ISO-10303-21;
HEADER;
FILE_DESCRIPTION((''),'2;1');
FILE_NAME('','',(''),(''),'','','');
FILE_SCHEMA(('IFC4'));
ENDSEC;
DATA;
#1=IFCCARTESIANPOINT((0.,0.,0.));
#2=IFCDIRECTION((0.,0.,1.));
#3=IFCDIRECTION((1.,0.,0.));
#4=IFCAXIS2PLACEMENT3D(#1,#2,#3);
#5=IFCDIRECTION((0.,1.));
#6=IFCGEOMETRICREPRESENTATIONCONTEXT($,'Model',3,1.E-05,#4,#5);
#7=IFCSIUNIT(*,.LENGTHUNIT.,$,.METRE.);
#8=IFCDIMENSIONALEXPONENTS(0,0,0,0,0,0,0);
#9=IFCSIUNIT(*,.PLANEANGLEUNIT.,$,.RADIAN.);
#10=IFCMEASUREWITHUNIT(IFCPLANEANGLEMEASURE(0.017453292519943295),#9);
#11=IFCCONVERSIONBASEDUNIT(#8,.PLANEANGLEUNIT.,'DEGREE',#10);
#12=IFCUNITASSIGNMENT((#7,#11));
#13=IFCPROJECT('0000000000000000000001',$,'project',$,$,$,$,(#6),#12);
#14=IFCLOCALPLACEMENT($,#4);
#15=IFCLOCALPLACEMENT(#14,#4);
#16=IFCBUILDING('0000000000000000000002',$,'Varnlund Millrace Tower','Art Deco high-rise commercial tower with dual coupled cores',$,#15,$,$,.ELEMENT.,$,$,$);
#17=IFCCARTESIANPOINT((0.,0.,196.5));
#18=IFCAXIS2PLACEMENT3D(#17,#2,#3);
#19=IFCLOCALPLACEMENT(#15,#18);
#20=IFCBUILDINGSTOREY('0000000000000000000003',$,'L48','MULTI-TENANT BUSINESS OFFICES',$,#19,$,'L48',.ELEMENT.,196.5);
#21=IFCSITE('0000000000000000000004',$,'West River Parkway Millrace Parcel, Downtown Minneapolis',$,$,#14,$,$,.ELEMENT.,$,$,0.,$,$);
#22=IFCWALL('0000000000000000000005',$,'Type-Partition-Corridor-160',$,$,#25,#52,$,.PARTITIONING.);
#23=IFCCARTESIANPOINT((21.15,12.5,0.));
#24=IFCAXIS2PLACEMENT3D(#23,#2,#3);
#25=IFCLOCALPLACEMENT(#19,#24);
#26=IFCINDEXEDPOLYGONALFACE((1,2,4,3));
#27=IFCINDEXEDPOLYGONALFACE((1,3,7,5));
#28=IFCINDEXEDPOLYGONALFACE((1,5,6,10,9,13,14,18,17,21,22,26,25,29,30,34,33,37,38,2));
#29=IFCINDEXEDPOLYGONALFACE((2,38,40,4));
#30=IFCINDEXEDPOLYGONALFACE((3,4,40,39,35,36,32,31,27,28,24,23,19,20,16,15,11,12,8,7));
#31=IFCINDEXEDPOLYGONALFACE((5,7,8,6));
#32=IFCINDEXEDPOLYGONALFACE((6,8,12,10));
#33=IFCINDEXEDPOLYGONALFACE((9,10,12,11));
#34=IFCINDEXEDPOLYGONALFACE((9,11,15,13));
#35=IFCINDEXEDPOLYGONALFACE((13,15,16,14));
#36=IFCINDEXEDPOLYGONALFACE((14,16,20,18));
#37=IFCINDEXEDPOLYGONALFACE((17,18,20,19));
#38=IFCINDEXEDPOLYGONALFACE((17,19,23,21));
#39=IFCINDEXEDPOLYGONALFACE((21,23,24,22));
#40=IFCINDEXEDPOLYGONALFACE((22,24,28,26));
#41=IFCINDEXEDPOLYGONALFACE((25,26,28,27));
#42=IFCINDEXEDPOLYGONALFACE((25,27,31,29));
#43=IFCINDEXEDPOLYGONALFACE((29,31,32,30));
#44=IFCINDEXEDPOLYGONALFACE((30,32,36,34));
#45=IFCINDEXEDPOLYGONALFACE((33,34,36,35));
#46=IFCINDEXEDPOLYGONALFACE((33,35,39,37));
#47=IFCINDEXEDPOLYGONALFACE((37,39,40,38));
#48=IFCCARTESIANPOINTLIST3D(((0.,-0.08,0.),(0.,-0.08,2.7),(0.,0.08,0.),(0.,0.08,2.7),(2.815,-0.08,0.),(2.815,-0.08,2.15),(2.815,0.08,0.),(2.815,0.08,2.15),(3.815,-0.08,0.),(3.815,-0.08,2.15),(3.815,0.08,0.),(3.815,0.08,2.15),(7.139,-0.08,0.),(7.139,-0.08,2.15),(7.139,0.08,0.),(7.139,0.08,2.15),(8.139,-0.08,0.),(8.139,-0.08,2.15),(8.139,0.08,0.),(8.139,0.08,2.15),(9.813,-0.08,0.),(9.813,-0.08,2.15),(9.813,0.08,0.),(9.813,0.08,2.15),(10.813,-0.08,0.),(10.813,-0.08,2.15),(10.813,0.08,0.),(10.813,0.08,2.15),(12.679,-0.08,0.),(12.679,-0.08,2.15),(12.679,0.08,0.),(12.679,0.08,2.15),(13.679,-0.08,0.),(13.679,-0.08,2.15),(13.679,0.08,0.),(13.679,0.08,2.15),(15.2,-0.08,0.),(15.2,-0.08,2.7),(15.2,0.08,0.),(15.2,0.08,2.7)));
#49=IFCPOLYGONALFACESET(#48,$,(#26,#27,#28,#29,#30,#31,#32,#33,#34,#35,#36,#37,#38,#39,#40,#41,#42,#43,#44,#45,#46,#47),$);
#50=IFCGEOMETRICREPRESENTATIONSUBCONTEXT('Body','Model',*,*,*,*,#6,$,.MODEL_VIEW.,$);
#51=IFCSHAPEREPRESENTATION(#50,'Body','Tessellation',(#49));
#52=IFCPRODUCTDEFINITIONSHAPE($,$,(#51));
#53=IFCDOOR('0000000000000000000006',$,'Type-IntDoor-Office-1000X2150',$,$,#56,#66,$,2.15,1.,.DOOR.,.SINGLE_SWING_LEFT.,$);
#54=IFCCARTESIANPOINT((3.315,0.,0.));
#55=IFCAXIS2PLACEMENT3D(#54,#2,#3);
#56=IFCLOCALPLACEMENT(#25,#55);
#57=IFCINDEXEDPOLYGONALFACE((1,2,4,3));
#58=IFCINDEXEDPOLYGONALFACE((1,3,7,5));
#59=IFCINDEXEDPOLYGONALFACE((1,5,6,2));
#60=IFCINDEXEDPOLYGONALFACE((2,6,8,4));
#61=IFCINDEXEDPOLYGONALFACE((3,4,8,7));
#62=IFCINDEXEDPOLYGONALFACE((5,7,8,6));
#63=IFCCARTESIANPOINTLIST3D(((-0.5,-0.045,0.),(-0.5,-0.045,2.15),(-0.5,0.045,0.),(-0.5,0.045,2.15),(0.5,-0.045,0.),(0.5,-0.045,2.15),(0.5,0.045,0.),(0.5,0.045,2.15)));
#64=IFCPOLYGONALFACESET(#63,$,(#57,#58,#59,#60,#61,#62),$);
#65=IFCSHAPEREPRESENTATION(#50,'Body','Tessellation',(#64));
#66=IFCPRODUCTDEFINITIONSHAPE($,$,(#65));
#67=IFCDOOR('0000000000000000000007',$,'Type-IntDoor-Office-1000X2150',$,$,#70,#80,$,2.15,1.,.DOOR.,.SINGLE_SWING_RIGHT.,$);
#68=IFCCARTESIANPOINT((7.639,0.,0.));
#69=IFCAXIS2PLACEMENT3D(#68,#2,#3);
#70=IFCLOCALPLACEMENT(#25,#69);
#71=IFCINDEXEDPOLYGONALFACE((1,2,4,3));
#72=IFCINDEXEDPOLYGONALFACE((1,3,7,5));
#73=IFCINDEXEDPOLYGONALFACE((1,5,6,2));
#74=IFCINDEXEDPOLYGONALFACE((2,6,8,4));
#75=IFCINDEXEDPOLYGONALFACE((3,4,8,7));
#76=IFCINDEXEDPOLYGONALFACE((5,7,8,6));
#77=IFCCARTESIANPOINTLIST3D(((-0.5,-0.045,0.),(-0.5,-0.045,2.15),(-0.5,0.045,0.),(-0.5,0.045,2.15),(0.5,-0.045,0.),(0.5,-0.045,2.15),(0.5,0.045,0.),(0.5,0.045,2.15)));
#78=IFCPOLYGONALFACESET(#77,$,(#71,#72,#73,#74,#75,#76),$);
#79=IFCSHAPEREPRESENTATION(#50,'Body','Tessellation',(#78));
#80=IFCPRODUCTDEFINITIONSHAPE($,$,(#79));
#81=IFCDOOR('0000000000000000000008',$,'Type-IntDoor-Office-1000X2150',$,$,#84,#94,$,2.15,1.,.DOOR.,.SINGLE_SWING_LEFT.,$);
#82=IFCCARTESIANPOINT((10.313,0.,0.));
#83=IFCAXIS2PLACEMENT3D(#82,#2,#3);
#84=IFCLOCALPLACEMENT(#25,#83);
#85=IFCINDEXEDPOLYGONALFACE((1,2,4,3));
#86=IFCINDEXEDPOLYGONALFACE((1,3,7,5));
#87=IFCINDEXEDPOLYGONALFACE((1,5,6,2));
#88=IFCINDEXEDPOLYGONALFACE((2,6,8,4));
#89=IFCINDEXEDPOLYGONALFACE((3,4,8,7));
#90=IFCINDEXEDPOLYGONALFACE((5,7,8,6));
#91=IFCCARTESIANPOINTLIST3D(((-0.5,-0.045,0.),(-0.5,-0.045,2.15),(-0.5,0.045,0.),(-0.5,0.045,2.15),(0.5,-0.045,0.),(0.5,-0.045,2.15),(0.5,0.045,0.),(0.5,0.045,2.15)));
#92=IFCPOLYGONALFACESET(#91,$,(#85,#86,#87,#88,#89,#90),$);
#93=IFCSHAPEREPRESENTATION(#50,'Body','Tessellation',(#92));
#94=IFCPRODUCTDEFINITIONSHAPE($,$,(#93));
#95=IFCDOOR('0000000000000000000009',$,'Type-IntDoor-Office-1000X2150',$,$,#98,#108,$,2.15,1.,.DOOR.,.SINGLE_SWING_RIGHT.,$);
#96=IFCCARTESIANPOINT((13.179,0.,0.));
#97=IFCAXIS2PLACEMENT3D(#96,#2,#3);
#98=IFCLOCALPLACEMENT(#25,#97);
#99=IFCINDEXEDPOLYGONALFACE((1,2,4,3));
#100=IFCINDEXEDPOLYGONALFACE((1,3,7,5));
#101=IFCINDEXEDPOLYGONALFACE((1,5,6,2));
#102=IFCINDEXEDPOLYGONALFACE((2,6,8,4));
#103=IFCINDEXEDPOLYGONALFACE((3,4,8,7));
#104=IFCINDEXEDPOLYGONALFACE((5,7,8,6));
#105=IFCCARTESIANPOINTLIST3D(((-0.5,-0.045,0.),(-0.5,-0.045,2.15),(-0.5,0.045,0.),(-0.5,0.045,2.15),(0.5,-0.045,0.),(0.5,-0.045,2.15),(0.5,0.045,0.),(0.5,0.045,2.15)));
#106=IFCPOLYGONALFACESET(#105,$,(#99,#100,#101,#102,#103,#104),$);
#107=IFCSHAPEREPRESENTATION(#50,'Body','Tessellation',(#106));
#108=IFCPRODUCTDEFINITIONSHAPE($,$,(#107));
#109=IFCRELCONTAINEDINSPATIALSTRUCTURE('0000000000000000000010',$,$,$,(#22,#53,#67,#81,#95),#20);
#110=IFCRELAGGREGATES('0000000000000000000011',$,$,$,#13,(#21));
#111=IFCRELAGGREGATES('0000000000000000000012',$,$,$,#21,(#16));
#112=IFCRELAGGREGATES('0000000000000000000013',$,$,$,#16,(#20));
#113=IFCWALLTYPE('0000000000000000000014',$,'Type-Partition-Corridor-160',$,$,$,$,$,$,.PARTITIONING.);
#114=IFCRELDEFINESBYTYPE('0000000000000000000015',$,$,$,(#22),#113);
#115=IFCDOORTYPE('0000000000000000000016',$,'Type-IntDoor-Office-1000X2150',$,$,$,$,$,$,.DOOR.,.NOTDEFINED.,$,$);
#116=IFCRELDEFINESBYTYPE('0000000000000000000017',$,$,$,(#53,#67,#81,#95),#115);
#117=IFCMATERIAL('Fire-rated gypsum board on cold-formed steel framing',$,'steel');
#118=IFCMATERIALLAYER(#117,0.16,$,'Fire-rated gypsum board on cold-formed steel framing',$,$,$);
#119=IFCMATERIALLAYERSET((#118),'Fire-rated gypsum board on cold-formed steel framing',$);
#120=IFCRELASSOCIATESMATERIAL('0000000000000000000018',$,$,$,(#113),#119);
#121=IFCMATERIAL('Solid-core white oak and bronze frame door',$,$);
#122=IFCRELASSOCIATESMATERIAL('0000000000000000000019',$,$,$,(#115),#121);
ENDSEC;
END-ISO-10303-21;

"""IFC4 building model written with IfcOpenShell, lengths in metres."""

from ifc_helpers import new_model, entity, si_unit, converted_unit, direction, frame, origin_with_axes, origin_2d_with_axis, place, context, subcontext, project, spatial, polyline, rectangle, outline, extrude, material, layer, layer_set, type_object, element, fill, save


model = new_model("IFC4")

# Units and contexts
model_context = context("Model", 3, precision=1e-05, world=origin_with_axes(), true_north=direction((0.0, 1.0)))
body_context = subcontext(model_context, "Body", "Model", "MODEL_VIEW")
ifc_project = project(units=[si_unit("LENGTHUNIT", "METRE"), converted_unit("PLANEANGLEUNIT", "DEGREE", entity("IfcPlaneAngleMeasure", 0.017453292519943295), si_unit("PLANEANGLEUNIT", "RADIAN"), dimensions=[0, 0, 0, 0, 0, 0, 0])], contexts=[model_context])

# Site, building, storey
site_placement = place(None, origin_with_axes())
site = spatial("IfcSite", under=ifc_project, at=site_placement, Name="West River Parkway Millrace Parcel, Downtown Minneapolis", CompositionType="ELEMENT", RefElevation=0.0)
building_placement = place(site_placement, origin_with_axes())
building = spatial("IfcBuilding", under=site, at=building_placement, Name="Varnlund Millrace Tower", Description="Art Deco high-rise commercial tower with dual coupled cores", CompositionType="ELEMENT")
storey_placement = place(building_placement, frame((0.0, 0.0, 196.5), z_axis=(0.0, 0.0, 1.0), x_axis=(1.0, 0.0, 0.0)))
storey = spatial("IfcBuildingStorey", under=building, at=storey_placement, Name="L48", Description="MULTI-TENANT BUSINESS OFFICES", LongName="L48", CompositionType="ELEMENT", Elevation=196.5)

# Wall, openings, doors
ifc_material_1 = material(Name="Fire-rated gypsum board on cold-formed steel framing", Category="steel")
ifc_layer_1 = layer(ifc_material_1, 0.16, Name="Fire-rated gypsum board on cold-formed steel framing")
ifc_layer_set_1 = layer_set([ifc_layer_1], Name="Fire-rated gypsum board on cold-formed steel framing")
wall_type_1 = type_object("IfcWallType", Name="Type-Partition-Corridor-160", PredefinedType="PARTITIONING", material=ifc_layer_set_1)
ifc_material_2 = material(Name="Solid-core white oak and bronze frame door")
door_type_1 = type_object("IfcDoorType", Name="Type-IntDoor-Office-1000X2150", OperationType="NOTDEFINED", PredefinedType="DOOR", material=ifc_material_2)
wall_1_placement = place(storey_placement, frame((21.15, 12.5, 0.0), z_axis=(0.0, 0.0, 1.0), x_axis=(1.0, 0.0, 0.0)))
wall_1 = element("IfcWall", 1, at=wall_1_placement, inside=storey, type_object=wall_type_1, Name="Type-Partition-Corridor-160", PredefinedType="PARTITIONING", context=body_context, shape_type="SweptSolid", body=[
    extrude(outline(polyline([(0.0, -0.08), (15.2, -0.08), (15.2, 0.08), (0.0, 0.08), (0.0, -0.08)])), origin_with_axes(), (0.0, 0.0, 1.0), 2.7),
])
opening_1_placement = place(wall_1_placement, frame((3.315, 0.0, 0.0), z_axis=(0.0, 0.0, 1.0), x_axis=(1.0, 0.0, 0.0)))
opening_1 = element("IfcOpeningElement", 2, at=opening_1_placement, cuts=wall_1, PredefinedType="OPENING", context=body_context, shape_type="SweptSolid", body=[
    extrude(rectangle(XDim=1.0, YDim=0.18, at=origin_2d_with_axis()), origin_with_axes(), (0.0, 0.0, 1.0), 2.15),
])
opening_2_placement = place(wall_1_placement, frame((7.639, 0.0, 0.0), z_axis=(0.0, 0.0, 1.0), x_axis=(1.0, 0.0, 0.0)))
opening_2 = element("IfcOpeningElement", 3, at=opening_2_placement, cuts=wall_1, PredefinedType="OPENING", context=body_context, shape_type="SweptSolid", body=[
    extrude(rectangle(XDim=1.0, YDim=0.18, at=origin_2d_with_axis()), origin_with_axes(), (0.0, 0.0, 1.0), 2.15),
])
opening_3_placement = place(wall_1_placement, frame((10.313, 0.0, 0.0), z_axis=(0.0, 0.0, 1.0), x_axis=(1.0, 0.0, 0.0)))
opening_3 = element("IfcOpeningElement", 4, at=opening_3_placement, cuts=wall_1, PredefinedType="OPENING", context=body_context, shape_type="SweptSolid", body=[
    extrude(rectangle(XDim=1.0, YDim=0.18, at=origin_2d_with_axis()), origin_with_axes(), (0.0, 0.0, 1.0), 2.15),
])
opening_4_placement = place(wall_1_placement, frame((13.179, 0.0, 0.0), z_axis=(0.0, 0.0, 1.0), x_axis=(1.0, 0.0, 0.0)))
opening_4 = element("IfcOpeningElement", 5, at=opening_4_placement, cuts=wall_1, PredefinedType="OPENING", context=body_context, shape_type="SweptSolid", body=[
    extrude(rectangle(XDim=1.0, YDim=0.18, at=origin_2d_with_axis()), origin_with_axes(), (0.0, 0.0, 1.0), 2.15),
])
door_1_placement = place(wall_1_placement, frame((3.315, 0.0, 0.0), z_axis=(0.0, 0.0, 1.0), x_axis=(1.0, 0.0, 0.0)))
door_1 = element("IfcDoor", 6, at=door_1_placement, inside=storey, type_object=door_type_1, Name="Type-IntDoor-Office-1000X2150", OperationType="SINGLE_SWING_LEFT", OverallHeight=2.15, OverallWidth=1.0, PredefinedType="DOOR", context=body_context, shape_type="SweptSolid", body=[
    extrude(rectangle(XDim=1.0, YDim=0.09, at=origin_2d_with_axis()), origin_with_axes(), (0.0, 0.0, 1.0), 2.15),
])
fill(opening_1, door_1)
door_2_placement = place(wall_1_placement, frame((7.639, 0.0, 0.0), z_axis=(0.0, 0.0, 1.0), x_axis=(1.0, 0.0, 0.0)))
door_2 = element("IfcDoor", 7, at=door_2_placement, inside=storey, type_object=door_type_1, Name="Type-IntDoor-Office-1000X2150", OperationType="SINGLE_SWING_RIGHT", OverallHeight=2.15, OverallWidth=1.0, PredefinedType="DOOR", context=body_context, shape_type="SweptSolid", body=[
    extrude(rectangle(XDim=1.0, YDim=0.09, at=origin_2d_with_axis()), origin_with_axes(), (0.0, 0.0, 1.0), 2.15),
])
fill(opening_2, door_2)
door_3_placement = place(wall_1_placement, frame((10.313, 0.0, 0.0), z_axis=(0.0, 0.0, 1.0), x_axis=(1.0, 0.0, 0.0)))
door_3 = element("IfcDoor", 8, at=door_3_placement, inside=storey, type_object=door_type_1, Name="Type-IntDoor-Office-1000X2150", OperationType="SINGLE_SWING_LEFT", OverallHeight=2.15, OverallWidth=1.0, PredefinedType="DOOR", context=body_context, shape_type="SweptSolid", body=[
    extrude(rectangle(XDim=1.0, YDim=0.09, at=origin_2d_with_axis()), origin_with_axes(), (0.0, 0.0, 1.0), 2.15),
])
fill(opening_3, door_3)
door_4_placement = place(wall_1_placement, frame((13.179, 0.0, 0.0), z_axis=(0.0, 0.0, 1.0), x_axis=(1.0, 0.0, 0.0)))
door_4 = element("IfcDoor", 9, at=door_4_placement, inside=storey, type_object=door_type_1, Name="Type-IntDoor-Office-1000X2150", OperationType="SINGLE_SWING_RIGHT", OverallHeight=2.15, OverallWidth=1.0, PredefinedType="DOOR", context=body_context, shape_type="SweptSolid", body=[
    extrude(rectangle(XDim=1.0, YDim=0.09, at=origin_2d_with_axis()), origin_with_axes(), (0.0, 0.0, 1.0), 2.15),
])
fill(opening_4, door_4)

save(model, "model.ifc")
